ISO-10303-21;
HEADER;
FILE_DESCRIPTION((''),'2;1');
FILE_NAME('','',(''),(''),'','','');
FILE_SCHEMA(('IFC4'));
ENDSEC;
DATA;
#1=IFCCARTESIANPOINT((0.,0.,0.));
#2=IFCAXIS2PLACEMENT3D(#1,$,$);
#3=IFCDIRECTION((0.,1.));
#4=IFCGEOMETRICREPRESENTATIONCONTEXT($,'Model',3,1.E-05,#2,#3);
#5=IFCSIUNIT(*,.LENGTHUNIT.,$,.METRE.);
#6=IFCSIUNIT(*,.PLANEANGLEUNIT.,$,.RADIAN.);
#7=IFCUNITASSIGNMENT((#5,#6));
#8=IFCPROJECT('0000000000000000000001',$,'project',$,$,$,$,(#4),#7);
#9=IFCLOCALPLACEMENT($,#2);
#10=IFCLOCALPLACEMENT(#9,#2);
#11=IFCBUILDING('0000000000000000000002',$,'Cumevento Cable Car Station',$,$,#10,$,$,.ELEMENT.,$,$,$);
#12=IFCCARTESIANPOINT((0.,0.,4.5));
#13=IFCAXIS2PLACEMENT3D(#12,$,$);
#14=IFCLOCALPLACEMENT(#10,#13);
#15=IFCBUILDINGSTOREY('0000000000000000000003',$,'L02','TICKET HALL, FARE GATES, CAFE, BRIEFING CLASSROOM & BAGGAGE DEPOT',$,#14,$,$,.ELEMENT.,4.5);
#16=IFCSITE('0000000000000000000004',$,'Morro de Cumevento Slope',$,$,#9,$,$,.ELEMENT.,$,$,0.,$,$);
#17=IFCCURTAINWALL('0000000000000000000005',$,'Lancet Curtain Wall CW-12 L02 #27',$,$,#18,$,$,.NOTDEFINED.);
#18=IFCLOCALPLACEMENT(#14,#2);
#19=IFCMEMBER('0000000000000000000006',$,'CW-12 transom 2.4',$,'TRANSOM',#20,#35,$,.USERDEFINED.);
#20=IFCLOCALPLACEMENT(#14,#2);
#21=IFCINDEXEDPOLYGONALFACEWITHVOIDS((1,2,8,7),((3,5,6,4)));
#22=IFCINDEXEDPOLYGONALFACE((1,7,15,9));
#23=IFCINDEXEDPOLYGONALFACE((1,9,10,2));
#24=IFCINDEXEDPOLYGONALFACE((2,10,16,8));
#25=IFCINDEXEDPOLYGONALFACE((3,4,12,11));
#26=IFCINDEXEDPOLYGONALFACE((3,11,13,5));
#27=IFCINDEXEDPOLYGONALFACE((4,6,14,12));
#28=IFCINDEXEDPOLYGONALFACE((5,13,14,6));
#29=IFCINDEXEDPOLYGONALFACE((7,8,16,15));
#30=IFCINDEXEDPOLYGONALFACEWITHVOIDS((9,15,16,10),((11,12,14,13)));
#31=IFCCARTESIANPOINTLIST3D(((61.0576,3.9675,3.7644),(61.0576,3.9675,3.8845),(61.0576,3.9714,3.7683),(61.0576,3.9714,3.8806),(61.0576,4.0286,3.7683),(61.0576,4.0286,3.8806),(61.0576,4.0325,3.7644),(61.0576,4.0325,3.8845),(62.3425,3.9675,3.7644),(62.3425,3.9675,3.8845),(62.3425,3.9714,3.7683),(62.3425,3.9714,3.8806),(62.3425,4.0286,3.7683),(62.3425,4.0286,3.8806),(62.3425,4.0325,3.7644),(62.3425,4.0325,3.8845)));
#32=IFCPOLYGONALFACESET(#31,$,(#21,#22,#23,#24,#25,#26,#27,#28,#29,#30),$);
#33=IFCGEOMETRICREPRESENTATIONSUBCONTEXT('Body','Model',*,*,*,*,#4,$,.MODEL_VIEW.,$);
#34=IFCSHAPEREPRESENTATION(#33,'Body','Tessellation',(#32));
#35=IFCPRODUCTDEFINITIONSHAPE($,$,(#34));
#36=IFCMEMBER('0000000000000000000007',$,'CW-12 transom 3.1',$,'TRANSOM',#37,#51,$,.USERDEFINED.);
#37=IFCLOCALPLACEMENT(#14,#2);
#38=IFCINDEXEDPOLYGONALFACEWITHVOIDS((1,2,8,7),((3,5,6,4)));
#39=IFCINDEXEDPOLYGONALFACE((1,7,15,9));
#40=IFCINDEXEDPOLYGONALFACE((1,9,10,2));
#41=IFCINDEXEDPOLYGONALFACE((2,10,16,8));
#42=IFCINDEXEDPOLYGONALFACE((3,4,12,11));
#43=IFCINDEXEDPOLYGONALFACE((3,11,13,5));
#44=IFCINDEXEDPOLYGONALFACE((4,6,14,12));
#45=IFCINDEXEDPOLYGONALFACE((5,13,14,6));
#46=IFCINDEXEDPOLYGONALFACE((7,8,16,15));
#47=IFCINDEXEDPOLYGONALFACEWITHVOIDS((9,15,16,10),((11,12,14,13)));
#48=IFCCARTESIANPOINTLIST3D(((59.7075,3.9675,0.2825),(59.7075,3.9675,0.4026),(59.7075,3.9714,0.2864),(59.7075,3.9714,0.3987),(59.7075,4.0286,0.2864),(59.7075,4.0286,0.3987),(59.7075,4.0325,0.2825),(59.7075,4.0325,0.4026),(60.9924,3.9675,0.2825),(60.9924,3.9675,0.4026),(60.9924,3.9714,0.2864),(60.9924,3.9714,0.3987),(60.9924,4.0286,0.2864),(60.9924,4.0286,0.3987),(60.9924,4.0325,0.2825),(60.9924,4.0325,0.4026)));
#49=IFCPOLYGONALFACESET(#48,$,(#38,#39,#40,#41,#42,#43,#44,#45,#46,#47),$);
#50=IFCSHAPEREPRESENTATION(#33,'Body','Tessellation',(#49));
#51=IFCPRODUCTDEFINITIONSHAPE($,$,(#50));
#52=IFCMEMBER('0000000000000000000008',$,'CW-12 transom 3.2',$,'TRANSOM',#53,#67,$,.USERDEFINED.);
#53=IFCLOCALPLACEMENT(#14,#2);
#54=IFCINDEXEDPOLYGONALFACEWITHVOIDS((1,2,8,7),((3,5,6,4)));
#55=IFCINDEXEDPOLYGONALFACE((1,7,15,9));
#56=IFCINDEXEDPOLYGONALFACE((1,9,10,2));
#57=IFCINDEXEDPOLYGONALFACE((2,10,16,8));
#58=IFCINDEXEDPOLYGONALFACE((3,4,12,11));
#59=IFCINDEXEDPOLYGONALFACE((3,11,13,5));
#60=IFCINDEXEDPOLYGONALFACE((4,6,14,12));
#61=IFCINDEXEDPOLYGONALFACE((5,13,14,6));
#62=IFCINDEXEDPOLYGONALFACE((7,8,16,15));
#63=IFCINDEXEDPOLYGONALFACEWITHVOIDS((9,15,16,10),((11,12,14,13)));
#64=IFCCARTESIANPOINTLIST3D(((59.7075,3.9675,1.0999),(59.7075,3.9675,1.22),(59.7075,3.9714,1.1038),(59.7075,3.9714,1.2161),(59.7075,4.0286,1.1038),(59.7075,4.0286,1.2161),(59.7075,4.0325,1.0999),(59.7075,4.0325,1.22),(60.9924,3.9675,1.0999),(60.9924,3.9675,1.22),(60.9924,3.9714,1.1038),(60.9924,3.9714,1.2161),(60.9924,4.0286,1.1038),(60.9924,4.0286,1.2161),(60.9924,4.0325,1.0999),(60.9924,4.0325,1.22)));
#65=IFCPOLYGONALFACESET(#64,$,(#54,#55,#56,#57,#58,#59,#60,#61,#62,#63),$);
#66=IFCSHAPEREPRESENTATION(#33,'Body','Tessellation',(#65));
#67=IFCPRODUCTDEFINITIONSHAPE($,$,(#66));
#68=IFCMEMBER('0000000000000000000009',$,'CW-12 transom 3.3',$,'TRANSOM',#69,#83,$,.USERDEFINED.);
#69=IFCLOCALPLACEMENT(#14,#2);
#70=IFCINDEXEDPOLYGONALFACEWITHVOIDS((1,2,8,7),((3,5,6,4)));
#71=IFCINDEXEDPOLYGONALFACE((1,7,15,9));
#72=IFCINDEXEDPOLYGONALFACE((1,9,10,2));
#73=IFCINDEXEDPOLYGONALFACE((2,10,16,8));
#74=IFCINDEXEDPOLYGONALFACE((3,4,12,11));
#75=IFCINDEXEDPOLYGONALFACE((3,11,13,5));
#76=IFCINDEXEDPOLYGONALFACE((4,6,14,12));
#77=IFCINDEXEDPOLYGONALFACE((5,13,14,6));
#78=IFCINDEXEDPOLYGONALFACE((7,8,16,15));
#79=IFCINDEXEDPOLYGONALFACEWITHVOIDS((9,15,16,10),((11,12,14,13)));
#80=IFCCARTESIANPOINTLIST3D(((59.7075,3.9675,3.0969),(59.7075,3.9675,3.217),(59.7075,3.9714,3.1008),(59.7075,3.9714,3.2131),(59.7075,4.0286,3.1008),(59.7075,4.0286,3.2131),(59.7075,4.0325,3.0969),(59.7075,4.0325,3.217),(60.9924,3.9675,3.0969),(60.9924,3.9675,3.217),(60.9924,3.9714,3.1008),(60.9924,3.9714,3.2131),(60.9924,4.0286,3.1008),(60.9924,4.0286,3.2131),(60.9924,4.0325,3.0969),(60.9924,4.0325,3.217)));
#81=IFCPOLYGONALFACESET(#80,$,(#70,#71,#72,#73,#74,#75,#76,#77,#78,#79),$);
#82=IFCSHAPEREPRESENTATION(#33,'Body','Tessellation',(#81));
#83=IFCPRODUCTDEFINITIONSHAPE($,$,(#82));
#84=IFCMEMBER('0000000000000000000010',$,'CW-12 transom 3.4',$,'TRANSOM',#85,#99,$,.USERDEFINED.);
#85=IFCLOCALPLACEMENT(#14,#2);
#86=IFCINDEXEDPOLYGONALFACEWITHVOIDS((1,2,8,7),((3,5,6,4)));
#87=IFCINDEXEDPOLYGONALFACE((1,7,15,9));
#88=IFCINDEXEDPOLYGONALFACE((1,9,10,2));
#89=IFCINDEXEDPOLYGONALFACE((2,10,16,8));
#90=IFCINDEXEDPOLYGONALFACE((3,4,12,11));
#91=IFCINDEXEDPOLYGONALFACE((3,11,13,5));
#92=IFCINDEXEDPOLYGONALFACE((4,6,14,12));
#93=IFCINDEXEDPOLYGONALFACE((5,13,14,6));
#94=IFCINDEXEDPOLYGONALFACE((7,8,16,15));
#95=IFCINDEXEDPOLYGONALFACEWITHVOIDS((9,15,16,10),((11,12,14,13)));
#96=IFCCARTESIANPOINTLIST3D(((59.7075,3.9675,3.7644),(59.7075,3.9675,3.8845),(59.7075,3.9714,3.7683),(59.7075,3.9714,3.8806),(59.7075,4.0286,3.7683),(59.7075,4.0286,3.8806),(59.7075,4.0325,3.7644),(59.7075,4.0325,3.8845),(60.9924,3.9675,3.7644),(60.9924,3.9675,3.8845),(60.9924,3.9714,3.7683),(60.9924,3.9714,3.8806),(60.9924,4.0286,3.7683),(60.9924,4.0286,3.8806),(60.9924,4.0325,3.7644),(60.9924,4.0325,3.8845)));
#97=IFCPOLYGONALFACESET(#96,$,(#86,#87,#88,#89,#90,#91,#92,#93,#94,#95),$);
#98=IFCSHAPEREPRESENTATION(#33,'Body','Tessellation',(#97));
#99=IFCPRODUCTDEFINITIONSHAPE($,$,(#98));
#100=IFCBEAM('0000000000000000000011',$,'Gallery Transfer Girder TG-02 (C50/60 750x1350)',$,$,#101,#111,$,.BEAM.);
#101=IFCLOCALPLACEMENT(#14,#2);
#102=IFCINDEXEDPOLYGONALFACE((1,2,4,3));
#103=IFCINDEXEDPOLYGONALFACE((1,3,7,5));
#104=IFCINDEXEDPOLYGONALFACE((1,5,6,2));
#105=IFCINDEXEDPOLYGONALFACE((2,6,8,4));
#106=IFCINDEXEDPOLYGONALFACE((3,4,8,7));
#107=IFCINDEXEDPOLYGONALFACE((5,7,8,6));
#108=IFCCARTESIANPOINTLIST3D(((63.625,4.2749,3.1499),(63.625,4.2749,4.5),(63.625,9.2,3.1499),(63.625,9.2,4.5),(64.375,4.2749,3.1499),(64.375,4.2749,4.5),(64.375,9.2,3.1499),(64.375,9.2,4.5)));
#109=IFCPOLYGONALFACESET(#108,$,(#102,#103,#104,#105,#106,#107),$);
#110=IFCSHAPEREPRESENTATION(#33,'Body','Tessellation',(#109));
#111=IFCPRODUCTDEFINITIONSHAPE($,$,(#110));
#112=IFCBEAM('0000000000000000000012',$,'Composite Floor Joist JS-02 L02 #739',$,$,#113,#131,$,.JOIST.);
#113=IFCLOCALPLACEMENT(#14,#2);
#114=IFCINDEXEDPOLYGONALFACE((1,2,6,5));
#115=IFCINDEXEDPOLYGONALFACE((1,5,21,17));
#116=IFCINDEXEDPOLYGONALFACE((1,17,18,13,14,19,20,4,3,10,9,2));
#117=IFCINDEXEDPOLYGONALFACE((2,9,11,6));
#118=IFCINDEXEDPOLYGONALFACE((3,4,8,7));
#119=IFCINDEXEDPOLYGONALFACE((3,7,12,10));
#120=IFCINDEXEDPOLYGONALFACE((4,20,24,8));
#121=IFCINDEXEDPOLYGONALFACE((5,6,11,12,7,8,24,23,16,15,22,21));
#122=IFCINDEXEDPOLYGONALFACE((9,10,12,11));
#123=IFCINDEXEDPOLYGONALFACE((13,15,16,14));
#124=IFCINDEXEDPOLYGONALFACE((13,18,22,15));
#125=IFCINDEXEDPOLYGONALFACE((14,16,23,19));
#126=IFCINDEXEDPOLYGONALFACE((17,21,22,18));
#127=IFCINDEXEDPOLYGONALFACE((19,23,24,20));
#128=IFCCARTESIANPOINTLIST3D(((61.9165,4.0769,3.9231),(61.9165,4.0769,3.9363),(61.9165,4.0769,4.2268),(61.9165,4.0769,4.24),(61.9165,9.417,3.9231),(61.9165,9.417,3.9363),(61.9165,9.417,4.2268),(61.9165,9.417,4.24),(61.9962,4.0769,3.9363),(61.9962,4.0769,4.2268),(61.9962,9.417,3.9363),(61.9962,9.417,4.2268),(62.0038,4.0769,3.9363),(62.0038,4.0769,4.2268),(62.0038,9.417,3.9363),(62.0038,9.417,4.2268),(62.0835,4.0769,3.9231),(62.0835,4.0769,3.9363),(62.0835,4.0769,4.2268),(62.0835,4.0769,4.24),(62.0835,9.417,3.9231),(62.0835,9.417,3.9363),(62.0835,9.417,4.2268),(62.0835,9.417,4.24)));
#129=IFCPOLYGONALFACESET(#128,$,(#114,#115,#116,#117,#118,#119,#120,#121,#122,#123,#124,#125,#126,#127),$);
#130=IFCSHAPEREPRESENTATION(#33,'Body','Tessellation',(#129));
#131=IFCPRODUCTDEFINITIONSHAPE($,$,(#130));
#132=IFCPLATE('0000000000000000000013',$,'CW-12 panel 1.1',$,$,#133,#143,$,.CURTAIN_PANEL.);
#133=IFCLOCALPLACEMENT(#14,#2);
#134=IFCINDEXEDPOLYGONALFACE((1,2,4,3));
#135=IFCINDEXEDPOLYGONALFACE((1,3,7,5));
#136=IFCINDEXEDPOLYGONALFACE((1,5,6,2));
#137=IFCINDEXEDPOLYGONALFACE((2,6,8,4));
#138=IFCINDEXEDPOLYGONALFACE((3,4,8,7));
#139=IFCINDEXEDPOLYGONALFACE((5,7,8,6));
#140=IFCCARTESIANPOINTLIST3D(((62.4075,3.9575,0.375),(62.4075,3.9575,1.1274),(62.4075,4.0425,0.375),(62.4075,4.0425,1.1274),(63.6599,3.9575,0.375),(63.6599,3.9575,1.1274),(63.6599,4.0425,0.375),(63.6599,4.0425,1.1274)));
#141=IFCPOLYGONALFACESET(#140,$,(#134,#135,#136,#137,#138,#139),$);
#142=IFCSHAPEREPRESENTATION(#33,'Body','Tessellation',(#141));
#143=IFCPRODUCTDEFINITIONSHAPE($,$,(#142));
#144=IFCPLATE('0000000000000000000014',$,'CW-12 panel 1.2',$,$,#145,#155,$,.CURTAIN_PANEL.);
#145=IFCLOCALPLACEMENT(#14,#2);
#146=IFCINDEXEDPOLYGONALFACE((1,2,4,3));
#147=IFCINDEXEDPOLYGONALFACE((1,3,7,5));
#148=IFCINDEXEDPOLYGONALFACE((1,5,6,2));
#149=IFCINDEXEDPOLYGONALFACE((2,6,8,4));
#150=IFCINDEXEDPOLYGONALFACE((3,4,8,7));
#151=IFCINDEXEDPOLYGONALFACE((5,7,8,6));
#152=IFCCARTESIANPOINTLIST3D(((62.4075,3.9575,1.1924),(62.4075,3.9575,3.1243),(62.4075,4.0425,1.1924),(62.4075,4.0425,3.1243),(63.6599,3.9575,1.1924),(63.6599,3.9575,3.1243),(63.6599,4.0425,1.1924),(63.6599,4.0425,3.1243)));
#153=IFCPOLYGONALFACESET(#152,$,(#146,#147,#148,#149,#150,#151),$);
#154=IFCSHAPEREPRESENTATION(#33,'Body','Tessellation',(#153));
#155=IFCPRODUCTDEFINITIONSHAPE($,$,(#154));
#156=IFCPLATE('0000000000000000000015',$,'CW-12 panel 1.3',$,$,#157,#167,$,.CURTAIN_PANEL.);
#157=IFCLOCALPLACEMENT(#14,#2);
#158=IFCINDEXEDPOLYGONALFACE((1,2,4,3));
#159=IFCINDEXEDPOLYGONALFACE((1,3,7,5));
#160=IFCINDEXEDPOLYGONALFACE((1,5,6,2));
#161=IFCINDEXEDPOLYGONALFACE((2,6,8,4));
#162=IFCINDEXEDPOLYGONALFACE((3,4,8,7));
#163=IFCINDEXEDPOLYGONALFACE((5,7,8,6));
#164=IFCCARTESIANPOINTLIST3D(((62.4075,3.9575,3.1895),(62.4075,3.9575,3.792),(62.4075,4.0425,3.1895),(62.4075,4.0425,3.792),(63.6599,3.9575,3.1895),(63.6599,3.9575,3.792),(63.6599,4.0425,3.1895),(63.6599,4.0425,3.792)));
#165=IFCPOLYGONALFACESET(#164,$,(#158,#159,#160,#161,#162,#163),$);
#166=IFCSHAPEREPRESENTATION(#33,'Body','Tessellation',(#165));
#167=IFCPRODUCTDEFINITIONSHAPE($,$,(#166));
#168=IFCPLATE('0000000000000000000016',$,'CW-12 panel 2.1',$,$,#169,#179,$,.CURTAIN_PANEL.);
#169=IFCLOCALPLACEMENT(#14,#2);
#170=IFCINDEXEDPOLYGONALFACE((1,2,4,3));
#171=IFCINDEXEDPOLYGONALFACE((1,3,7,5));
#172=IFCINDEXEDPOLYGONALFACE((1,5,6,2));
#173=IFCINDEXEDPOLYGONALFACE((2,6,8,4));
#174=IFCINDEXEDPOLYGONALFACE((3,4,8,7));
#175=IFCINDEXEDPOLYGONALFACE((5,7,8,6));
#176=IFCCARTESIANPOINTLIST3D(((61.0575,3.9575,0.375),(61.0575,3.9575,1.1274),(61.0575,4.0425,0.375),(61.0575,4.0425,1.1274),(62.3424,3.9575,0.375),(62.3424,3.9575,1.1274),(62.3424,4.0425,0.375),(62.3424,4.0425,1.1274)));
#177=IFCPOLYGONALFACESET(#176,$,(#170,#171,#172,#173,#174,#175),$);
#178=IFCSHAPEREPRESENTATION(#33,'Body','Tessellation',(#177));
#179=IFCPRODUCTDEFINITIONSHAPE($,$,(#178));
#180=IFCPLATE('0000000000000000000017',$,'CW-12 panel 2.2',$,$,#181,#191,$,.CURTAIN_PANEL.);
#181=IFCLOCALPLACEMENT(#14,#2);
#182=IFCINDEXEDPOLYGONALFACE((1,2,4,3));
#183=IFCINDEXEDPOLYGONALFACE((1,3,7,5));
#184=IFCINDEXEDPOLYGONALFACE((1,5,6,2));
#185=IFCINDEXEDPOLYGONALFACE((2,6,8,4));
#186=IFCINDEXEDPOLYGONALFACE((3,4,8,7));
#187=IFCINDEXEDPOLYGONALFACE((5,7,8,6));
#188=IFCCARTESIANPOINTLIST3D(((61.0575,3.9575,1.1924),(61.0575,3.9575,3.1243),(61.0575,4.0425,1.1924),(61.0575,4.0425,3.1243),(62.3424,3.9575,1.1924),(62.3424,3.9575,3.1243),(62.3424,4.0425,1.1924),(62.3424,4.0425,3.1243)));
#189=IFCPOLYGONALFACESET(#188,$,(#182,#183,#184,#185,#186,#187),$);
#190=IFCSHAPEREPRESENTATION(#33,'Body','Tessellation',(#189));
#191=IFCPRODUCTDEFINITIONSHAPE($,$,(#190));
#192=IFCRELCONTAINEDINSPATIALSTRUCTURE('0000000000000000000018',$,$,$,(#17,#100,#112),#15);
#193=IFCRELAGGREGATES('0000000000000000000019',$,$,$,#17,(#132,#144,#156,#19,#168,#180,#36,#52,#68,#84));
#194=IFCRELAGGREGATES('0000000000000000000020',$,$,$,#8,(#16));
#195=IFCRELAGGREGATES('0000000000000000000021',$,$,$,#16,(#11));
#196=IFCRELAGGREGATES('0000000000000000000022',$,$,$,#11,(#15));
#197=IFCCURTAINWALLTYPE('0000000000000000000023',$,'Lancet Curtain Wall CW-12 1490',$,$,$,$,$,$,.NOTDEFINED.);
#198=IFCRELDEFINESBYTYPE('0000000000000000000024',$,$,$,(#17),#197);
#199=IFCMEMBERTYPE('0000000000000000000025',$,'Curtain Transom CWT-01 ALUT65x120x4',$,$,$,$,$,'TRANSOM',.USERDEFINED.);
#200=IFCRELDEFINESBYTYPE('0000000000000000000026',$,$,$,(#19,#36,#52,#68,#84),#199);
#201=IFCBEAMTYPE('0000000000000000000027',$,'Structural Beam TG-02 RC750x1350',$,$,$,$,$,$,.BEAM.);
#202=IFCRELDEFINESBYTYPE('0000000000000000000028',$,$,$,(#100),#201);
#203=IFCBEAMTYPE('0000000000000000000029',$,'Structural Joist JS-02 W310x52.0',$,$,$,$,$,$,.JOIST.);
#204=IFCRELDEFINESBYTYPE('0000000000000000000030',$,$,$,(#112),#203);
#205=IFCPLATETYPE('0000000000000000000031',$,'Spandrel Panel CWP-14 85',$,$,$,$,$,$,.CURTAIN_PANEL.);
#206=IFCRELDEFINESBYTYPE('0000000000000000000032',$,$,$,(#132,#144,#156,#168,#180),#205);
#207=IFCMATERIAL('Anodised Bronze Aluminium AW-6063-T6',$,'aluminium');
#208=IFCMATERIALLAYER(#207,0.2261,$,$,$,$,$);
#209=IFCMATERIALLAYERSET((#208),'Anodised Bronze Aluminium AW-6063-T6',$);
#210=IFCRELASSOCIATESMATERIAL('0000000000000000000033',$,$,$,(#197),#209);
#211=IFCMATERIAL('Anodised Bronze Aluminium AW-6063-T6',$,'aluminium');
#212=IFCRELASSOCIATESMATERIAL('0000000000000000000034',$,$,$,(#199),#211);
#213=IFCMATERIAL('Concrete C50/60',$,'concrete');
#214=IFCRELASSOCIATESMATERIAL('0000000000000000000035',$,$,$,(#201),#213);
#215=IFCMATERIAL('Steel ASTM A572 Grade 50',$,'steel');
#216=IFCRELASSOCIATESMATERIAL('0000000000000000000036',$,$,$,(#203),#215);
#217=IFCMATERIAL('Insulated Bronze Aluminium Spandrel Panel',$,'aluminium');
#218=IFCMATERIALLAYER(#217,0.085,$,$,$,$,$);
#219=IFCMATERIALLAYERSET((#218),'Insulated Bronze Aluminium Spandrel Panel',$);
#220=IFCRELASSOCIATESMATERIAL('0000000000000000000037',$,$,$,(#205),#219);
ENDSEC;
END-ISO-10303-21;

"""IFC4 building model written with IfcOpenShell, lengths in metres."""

from ifc_helpers import new_model, si_unit, direction, frame, origin, origin_2d, place, context, subcontext, project, spatial, rectangle, hollow_rectangle, i_section, extrude, material, layer, layer_set, material_profile, profile_set, type_object, element, aggregate, save


model = new_model("IFC4")

# Units and contexts
model_context = context("Model", 3, precision=1e-05, world=origin(), true_north=direction((0.0, 1.0)))
body_context = subcontext(model_context, "Body", "Model", "MODEL_VIEW")
ifc_project = project(units=[si_unit("LENGTHUNIT", "METRE"), si_unit("PLANEANGLEUNIT", "RADIAN")], contexts=[model_context])

# Site, building, storey
site_placement = place(None, origin())
site = spatial("IfcSite", under=ifc_project, at=site_placement, Name="Morro de Cumevento Slope", CompositionType="ELEMENT", RefElevation=0.0)
building_placement = place(site_placement, origin())
building = spatial("IfcBuilding", under=site, at=building_placement, Name="Cumevento Cable Car Station", CompositionType="ELEMENT")
storey_placement = place(building_placement, frame((0.0, 0.0, 4.5)))
storey = spatial("IfcBuildingStorey", under=building, at=storey_placement, Name="L02", Description="TICKET HALL, FARE GATES, CAFE, BRIEFING CLASSROOM & BAGGAGE DEPOT", CompositionType="ELEMENT", Elevation=4.5)

# Curtain wall, members
ifc_material_1 = material(Name="Anodised Bronze Aluminium AW-6063-T6", Category="aluminium")
ifc_layer_1 = layer(ifc_material_1, 0.2261)
ifc_layer_set_1 = layer_set([ifc_layer_1], Name="Anodised Bronze Aluminium AW-6063-T6")
curtain_wall_type = type_object("IfcCurtainWallType", Name="Lancet Curtain Wall CW-12 1490", PredefinedType="NOTDEFINED", material=ifc_layer_set_1)
curtain_wall_placement = place(storey_placement, origin())
curtain_wall = element("IfcCurtainWall", 1, at=curtain_wall_placement, inside=storey, type_object=curtain_wall_type, Name="Lancet Curtain Wall CW-12 L02 #27", PredefinedType="NOTDEFINED")
ifc_material_2 = material(Name="Anodised Bronze Aluminium AW-6063-T6", Category="aluminium")
ifc_material_profile_1 = material_profile(ifc_material_2, hollow_rectangle(XDim=0.0649, YDim=0.1201, WallThickness=0.0039, at=origin_2d()), Name="ALUT65x120x4")
ifc_profile_set_1 = profile_set([ifc_material_profile_1], Name="Anodised Bronze Aluminium AW-6063-T6")
member_type_1 = type_object("IfcMemberType", Name="Curtain Transom CWT-01 ALUT65x120x4", ElementType="TRANSOM", PredefinedType="USERDEFINED", material=ifc_profile_set_1)
member_1_placement = place(storey_placement, frame((62.3425, 4.0, 3.8245), z_axis=(-1.0, 0.0, 0.0), x_axis=(0.0, -1.0, 0.0)))
member_1 = element("IfcMember", 2, at=member_1_placement, type_object=member_type_1, Name="CW-12 transom 2.4", ObjectType="TRANSOM", PredefinedType="USERDEFINED", context=body_context, shape_type="SweptSolid", body=[
    extrude(hollow_rectangle(XDim=0.0649, YDim=0.1201, WallThickness=0.0039, at=origin_2d()), origin(), (0.0, 0.0, 1.0), 1.2849),
])
member_2_placement = place(storey_placement, frame((60.9924, 4.0, 0.3425), z_axis=(-1.0, 0.0, 0.0), x_axis=(0.0, -1.0, 0.0)))
member_2 = element("IfcMember", 3, at=member_2_placement, type_object=member_type_1, Name="CW-12 transom 3.1", ObjectType="TRANSOM", PredefinedType="USERDEFINED", context=body_context, shape_type="SweptSolid", body=[
    extrude(hollow_rectangle(XDim=0.0649, YDim=0.1201, WallThickness=0.0039, at=origin_2d()), origin(), (0.0, 0.0, 1.0), 1.2849),
])
member_3_placement = place(storey_placement, frame((60.9924, 4.0, 1.1599), z_axis=(-1.0, 0.0, 0.0), x_axis=(0.0, -1.0, 0.0)))
member_3 = element("IfcMember", 4, at=member_3_placement, type_object=member_type_1, Name="CW-12 transom 3.2", ObjectType="TRANSOM", PredefinedType="USERDEFINED", context=body_context, shape_type="SweptSolid", body=[
    extrude(hollow_rectangle(XDim=0.0649, YDim=0.1201, WallThickness=0.0039, at=origin_2d()), origin(), (0.0, 0.0, 1.0), 1.2849),
])
member_4_placement = place(storey_placement, frame((60.9924, 4.0, 3.157), z_axis=(-1.0, 0.0, 0.0), x_axis=(0.0, -1.0, 0.0)))
member_4 = element("IfcMember", 5, at=member_4_placement, type_object=member_type_1, Name="CW-12 transom 3.3", ObjectType="TRANSOM", PredefinedType="USERDEFINED", context=body_context, shape_type="SweptSolid", body=[
    extrude(hollow_rectangle(XDim=0.0649, YDim=0.1201, WallThickness=0.0039, at=origin_2d()), origin(), (0.0, 0.0, 1.0), 1.2849),
])
member_5_placement = place(storey_placement, frame((60.9924, 4.0, 3.8245), z_axis=(-1.0, 0.0, 0.0), x_axis=(0.0, -1.0, 0.0)))
member_5 = element("IfcMember", 6, at=member_5_placement, type_object=member_type_1, Name="CW-12 transom 3.4", ObjectType="TRANSOM", PredefinedType="USERDEFINED", context=body_context, shape_type="SweptSolid", body=[
    extrude(hollow_rectangle(XDim=0.0649, YDim=0.1201, WallThickness=0.0039, at=origin_2d()), origin(), (0.0, 0.0, 1.0), 1.2849),
])

# Beams
ifc_material_3 = material(Name="Concrete C50/60", Category="concrete")
ifc_material_profile_2 = material_profile(ifc_material_3, rectangle(XDim=0.75, YDim=1.3501, at=origin_2d()), Name="RC750x1350")
ifc_profile_set_2 = profile_set([ifc_material_profile_2], Name="Concrete C50/60")
beam_type_1 = type_object("IfcBeamType", Name="Structural Beam TG-02 RC750x1350", PredefinedType="BEAM", material=ifc_profile_set_2)
beam_1_placement = place(storey_placement, frame((64.0, 4.2749, 3.825), z_axis=(0.0, 1.0, 0.0), x_axis=(-1.0, 0.0, 0.0)))
element("IfcBeam", 7, at=beam_1_placement, inside=storey, type_object=beam_type_1, Name="Gallery Transfer Girder TG-02 (C50/60 750x1350)", PredefinedType="BEAM", context=body_context, shape_type="SweptSolid", body=[
    extrude(rectangle(XDim=0.75, YDim=1.3501, at=origin_2d()), origin(), (0.0, 0.0, 1.0), 4.925),
])
ifc_material_4 = material(Name="Steel ASTM A572 Grade 50", Category="steel")
ifc_material_profile_3 = material_profile(ifc_material_4, i_section(OverallWidth=0.167, OverallDepth=0.3169, WebThickness=0.0076, FlangeThickness=0.0132, at=origin_2d()), Name="W310x52.0")
ifc_profile_set_3 = profile_set([ifc_material_profile_3], Name="Steel ASTM A572 Grade 50")
beam_type_2 = type_object("IfcBeamType", Name="Structural Joist JS-02 W310x52.0", PredefinedType="JOIST", material=ifc_profile_set_3)
beam_2_placement = place(storey_placement, frame((62.0, 4.0769, 4.0815), z_axis=(0.0, 1.0, 0.0), x_axis=(-1.0, 0.0, 0.0)))
element("IfcBeam", 8, at=beam_2_placement, inside=storey, type_object=beam_type_2, Name="Composite Floor Joist JS-02 L02 #739", PredefinedType="JOIST", context=body_context, shape_type="SweptSolid", body=[
    extrude(i_section(OverallWidth=0.167, OverallDepth=0.3169, WebThickness=0.0076, FlangeThickness=0.0132, at=origin_2d()), origin(), (0.0, 0.0, 1.0), 5.3401),
])

# Plates
ifc_material_5 = material(Name="Insulated Bronze Aluminium Spandrel Panel", Category="aluminium")
ifc_layer_2 = layer(ifc_material_5, 0.085)
ifc_layer_set_2 = layer_set([ifc_layer_2], Name="Insulated Bronze Aluminium Spandrel Panel")
plate_type = type_object("IfcPlateType", Name="Spandrel Panel CWP-14 85", PredefinedType="CURTAIN_PANEL", material=ifc_layer_set_2)
plate_1_placement = place(storey_placement, frame((63.0337, 4.0, 0.375), z_axis=(0.0, 0.0, 1.0), x_axis=(-1.0, 0.0, 0.0)))
plate_1 = element("IfcPlate", 9, at=plate_1_placement, type_object=plate_type, Name="CW-12 panel 1.1", PredefinedType="CURTAIN_PANEL", context=body_context, shape_type="SweptSolid", body=[
    extrude(rectangle(XDim=1.2524, YDim=0.085, at=origin_2d()), origin(), (0.0, 0.0, 1.0), 0.7524),
])
plate_2_placement = place(storey_placement, frame((63.0337, 4.0, 1.1924), z_axis=(0.0, 0.0, 1.0), x_axis=(-1.0, 0.0, 0.0)))
plate_2 = element("IfcPlate", 10, at=plate_2_placement, type_object=plate_type, Name="CW-12 panel 1.2", PredefinedType="CURTAIN_PANEL", context=body_context, shape_type="SweptSolid", body=[
    extrude(rectangle(XDim=1.2524, YDim=0.085, at=origin_2d()), origin(), (0.0, 0.0, 1.0), 1.9319),
])
plate_3_placement = place(storey_placement, frame((63.0337, 4.0, 3.1895), z_axis=(0.0, 0.0, 1.0), x_axis=(-1.0, 0.0, 0.0)))
plate_3 = element("IfcPlate", 11, at=plate_3_placement, type_object=plate_type, Name="CW-12 panel 1.3", PredefinedType="CURTAIN_PANEL", context=body_context, shape_type="SweptSolid", body=[
    extrude(rectangle(XDim=1.2524, YDim=0.085, at=origin_2d()), origin(), (0.0, 0.0, 1.0), 0.6025),
])
plate_4_placement = place(storey_placement, frame((61.7, 4.0, 0.375), z_axis=(0.0, 0.0, 1.0), x_axis=(-1.0, 0.0, 0.0)))
plate_4 = element("IfcPlate", 12, at=plate_4_placement, type_object=plate_type, Name="CW-12 panel 2.1", PredefinedType="CURTAIN_PANEL", context=body_context, shape_type="SweptSolid", body=[
    extrude(rectangle(XDim=1.2849, YDim=0.085, at=origin_2d()), origin(), (0.0, 0.0, 1.0), 0.7524),
])
plate_5_placement = place(storey_placement, frame((61.7, 4.0, 1.1924), z_axis=(0.0, 0.0, 1.0), x_axis=(-1.0, 0.0, 0.0)))
plate_5 = element("IfcPlate", 13, at=plate_5_placement, type_object=plate_type, Name="CW-12 panel 2.2", PredefinedType="CURTAIN_PANEL", context=body_context, shape_type="SweptSolid", body=[
    extrude(rectangle(XDim=1.2849, YDim=0.085, at=origin_2d()), origin(), (0.0, 0.0, 1.0), 1.9319),
])
aggregate(curtain_wall, [plate_1, plate_2, plate_3, member_1, plate_4, plate_5, member_2, member_3, member_4, member_5])

save(model, "model.ifc")
